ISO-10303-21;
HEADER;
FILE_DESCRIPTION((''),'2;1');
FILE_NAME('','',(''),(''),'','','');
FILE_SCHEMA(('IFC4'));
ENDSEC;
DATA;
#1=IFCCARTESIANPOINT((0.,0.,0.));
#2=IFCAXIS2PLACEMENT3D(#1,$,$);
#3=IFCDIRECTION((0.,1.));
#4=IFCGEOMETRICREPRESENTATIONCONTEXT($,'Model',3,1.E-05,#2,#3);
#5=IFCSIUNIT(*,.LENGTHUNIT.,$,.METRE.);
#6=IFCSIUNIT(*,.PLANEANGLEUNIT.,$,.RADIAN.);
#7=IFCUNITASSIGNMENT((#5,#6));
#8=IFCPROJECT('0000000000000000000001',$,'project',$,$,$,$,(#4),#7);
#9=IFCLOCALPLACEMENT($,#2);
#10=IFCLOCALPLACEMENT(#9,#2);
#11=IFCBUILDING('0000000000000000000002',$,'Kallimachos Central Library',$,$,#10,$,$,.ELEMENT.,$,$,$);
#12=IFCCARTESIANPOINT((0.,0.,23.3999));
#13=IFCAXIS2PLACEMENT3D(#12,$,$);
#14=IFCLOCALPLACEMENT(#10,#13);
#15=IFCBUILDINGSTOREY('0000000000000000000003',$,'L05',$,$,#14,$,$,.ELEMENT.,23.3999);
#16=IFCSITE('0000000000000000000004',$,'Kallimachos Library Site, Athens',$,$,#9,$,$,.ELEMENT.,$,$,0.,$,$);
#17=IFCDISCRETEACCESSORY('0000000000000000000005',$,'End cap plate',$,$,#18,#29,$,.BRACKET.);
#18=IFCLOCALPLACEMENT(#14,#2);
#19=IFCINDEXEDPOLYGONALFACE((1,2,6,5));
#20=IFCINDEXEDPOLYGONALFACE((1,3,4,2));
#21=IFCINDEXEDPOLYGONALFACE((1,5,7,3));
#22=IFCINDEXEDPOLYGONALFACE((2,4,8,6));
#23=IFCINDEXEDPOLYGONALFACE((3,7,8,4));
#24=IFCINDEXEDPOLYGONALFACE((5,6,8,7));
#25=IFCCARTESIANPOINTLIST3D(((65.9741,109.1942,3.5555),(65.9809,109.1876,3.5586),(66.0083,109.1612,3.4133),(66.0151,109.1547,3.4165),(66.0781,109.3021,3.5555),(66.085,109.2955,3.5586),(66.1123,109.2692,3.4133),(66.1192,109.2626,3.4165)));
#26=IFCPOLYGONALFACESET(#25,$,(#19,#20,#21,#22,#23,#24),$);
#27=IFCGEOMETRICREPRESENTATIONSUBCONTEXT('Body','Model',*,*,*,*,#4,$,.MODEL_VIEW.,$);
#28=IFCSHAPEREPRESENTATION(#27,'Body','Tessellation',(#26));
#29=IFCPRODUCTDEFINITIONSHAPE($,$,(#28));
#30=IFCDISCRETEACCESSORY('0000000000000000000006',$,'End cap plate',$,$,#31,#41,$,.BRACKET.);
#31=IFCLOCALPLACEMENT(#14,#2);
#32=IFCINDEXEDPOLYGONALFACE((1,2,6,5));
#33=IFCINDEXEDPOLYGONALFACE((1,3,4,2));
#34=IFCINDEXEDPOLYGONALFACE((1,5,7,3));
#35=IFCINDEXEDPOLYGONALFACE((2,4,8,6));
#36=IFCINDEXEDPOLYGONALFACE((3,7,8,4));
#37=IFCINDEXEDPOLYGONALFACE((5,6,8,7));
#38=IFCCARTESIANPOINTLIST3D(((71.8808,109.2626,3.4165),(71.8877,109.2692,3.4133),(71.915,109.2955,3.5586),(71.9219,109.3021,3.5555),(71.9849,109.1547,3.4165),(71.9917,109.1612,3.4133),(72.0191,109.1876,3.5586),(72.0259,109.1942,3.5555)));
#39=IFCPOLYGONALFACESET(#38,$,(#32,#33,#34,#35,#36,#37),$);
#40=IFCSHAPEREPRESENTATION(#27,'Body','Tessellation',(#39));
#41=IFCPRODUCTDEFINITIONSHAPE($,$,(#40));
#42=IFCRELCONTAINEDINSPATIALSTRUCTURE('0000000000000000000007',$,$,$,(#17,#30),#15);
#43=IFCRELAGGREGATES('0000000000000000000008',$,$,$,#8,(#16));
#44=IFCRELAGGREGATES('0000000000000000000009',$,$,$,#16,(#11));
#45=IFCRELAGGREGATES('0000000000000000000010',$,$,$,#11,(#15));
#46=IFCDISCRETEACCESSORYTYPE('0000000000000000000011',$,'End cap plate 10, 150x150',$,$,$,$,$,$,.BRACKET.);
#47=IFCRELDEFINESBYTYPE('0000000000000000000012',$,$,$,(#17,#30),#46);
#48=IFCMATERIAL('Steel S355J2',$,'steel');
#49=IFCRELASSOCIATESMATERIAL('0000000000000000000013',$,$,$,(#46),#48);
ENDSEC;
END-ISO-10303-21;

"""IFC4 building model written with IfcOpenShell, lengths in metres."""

from ifc_helpers import new_model, si_unit, direction, frame, origin, origin_2d, place, context, subcontext, project, spatial, rectangle, extrude, material, material_profile, profile_set, type_object, element, save


model = new_model("IFC4")

# Units and contexts
model_context = context("Model", 3, precision=1e-05, world=origin(), true_north=direction((0.0, 1.0)))
body_context = subcontext(model_context, "Body", "Model", "MODEL_VIEW")
ifc_project = project(units=[si_unit("LENGTHUNIT", "METRE"), si_unit("PLANEANGLEUNIT", "RADIAN")], contexts=[model_context])

# Site, building, storey
site_placement = place(None, origin())
site = spatial("IfcSite", under=ifc_project, at=site_placement, Name="Kallimachos Library Site, Athens", CompositionType="ELEMENT", RefElevation=0.0)
building_placement = place(site_placement, origin())
building = spatial("IfcBuilding", under=site, at=building_placement, Name="Kallimachos Central Library", CompositionType="ELEMENT")
storey_placement = place(building_placement, frame((0.0, 0.0, 23.3999)))
storey = spatial("IfcBuildingStorey", under=building, at=storey_placement, Name="L05", CompositionType="ELEMENT", Elevation=23.3999)

# Discrete accessories
ifc_material_1 = material(Name="Steel S355J2", Category="steel")
ifc_material_profile_1 = material_profile(ifc_material_1, rectangle(XDim=0.1499, YDim=0.1499, at=origin_2d()), Name="End cap plate 10, 150x150")
ifc_profile_set_1 = profile_set([ifc_material_profile_1], Name="Steel S355J2")
discrete_accessory_type = type_object("IfcDiscreteAccessoryType", Name="End cap plate 10, 150x150", PredefinedType="BRACKET", material=ifc_profile_set_1)
for number, where, z_axis, x_axis, name in (
    (1, (66.0432, 109.2317, 3.4844), (0.682724, -0.658341, 0.316979), (0.694136, 0.719844, 0.0), "End cap plate"),
    (2, (71.9568, 109.2317, 3.4844), (-0.682724, -0.658341, 0.316979), (0.694136, -0.719844, 0.0), "End cap plate"),
):
    element("IfcDiscreteAccessory", number, at=place(storey_placement, frame(where, z_axis=z_axis, x_axis=x_axis)), inside=storey, type_object=discrete_accessory_type, Name=name, PredefinedType="BRACKET", context=body_context, shape_type="SweptSolid", body=[
        extrude(rectangle(XDim=0.1499, YDim=0.1499, at=origin_2d()), origin(), (0.0, 0.0, 1.0), 0.01),
    ])

save(model, "model.ifc")
